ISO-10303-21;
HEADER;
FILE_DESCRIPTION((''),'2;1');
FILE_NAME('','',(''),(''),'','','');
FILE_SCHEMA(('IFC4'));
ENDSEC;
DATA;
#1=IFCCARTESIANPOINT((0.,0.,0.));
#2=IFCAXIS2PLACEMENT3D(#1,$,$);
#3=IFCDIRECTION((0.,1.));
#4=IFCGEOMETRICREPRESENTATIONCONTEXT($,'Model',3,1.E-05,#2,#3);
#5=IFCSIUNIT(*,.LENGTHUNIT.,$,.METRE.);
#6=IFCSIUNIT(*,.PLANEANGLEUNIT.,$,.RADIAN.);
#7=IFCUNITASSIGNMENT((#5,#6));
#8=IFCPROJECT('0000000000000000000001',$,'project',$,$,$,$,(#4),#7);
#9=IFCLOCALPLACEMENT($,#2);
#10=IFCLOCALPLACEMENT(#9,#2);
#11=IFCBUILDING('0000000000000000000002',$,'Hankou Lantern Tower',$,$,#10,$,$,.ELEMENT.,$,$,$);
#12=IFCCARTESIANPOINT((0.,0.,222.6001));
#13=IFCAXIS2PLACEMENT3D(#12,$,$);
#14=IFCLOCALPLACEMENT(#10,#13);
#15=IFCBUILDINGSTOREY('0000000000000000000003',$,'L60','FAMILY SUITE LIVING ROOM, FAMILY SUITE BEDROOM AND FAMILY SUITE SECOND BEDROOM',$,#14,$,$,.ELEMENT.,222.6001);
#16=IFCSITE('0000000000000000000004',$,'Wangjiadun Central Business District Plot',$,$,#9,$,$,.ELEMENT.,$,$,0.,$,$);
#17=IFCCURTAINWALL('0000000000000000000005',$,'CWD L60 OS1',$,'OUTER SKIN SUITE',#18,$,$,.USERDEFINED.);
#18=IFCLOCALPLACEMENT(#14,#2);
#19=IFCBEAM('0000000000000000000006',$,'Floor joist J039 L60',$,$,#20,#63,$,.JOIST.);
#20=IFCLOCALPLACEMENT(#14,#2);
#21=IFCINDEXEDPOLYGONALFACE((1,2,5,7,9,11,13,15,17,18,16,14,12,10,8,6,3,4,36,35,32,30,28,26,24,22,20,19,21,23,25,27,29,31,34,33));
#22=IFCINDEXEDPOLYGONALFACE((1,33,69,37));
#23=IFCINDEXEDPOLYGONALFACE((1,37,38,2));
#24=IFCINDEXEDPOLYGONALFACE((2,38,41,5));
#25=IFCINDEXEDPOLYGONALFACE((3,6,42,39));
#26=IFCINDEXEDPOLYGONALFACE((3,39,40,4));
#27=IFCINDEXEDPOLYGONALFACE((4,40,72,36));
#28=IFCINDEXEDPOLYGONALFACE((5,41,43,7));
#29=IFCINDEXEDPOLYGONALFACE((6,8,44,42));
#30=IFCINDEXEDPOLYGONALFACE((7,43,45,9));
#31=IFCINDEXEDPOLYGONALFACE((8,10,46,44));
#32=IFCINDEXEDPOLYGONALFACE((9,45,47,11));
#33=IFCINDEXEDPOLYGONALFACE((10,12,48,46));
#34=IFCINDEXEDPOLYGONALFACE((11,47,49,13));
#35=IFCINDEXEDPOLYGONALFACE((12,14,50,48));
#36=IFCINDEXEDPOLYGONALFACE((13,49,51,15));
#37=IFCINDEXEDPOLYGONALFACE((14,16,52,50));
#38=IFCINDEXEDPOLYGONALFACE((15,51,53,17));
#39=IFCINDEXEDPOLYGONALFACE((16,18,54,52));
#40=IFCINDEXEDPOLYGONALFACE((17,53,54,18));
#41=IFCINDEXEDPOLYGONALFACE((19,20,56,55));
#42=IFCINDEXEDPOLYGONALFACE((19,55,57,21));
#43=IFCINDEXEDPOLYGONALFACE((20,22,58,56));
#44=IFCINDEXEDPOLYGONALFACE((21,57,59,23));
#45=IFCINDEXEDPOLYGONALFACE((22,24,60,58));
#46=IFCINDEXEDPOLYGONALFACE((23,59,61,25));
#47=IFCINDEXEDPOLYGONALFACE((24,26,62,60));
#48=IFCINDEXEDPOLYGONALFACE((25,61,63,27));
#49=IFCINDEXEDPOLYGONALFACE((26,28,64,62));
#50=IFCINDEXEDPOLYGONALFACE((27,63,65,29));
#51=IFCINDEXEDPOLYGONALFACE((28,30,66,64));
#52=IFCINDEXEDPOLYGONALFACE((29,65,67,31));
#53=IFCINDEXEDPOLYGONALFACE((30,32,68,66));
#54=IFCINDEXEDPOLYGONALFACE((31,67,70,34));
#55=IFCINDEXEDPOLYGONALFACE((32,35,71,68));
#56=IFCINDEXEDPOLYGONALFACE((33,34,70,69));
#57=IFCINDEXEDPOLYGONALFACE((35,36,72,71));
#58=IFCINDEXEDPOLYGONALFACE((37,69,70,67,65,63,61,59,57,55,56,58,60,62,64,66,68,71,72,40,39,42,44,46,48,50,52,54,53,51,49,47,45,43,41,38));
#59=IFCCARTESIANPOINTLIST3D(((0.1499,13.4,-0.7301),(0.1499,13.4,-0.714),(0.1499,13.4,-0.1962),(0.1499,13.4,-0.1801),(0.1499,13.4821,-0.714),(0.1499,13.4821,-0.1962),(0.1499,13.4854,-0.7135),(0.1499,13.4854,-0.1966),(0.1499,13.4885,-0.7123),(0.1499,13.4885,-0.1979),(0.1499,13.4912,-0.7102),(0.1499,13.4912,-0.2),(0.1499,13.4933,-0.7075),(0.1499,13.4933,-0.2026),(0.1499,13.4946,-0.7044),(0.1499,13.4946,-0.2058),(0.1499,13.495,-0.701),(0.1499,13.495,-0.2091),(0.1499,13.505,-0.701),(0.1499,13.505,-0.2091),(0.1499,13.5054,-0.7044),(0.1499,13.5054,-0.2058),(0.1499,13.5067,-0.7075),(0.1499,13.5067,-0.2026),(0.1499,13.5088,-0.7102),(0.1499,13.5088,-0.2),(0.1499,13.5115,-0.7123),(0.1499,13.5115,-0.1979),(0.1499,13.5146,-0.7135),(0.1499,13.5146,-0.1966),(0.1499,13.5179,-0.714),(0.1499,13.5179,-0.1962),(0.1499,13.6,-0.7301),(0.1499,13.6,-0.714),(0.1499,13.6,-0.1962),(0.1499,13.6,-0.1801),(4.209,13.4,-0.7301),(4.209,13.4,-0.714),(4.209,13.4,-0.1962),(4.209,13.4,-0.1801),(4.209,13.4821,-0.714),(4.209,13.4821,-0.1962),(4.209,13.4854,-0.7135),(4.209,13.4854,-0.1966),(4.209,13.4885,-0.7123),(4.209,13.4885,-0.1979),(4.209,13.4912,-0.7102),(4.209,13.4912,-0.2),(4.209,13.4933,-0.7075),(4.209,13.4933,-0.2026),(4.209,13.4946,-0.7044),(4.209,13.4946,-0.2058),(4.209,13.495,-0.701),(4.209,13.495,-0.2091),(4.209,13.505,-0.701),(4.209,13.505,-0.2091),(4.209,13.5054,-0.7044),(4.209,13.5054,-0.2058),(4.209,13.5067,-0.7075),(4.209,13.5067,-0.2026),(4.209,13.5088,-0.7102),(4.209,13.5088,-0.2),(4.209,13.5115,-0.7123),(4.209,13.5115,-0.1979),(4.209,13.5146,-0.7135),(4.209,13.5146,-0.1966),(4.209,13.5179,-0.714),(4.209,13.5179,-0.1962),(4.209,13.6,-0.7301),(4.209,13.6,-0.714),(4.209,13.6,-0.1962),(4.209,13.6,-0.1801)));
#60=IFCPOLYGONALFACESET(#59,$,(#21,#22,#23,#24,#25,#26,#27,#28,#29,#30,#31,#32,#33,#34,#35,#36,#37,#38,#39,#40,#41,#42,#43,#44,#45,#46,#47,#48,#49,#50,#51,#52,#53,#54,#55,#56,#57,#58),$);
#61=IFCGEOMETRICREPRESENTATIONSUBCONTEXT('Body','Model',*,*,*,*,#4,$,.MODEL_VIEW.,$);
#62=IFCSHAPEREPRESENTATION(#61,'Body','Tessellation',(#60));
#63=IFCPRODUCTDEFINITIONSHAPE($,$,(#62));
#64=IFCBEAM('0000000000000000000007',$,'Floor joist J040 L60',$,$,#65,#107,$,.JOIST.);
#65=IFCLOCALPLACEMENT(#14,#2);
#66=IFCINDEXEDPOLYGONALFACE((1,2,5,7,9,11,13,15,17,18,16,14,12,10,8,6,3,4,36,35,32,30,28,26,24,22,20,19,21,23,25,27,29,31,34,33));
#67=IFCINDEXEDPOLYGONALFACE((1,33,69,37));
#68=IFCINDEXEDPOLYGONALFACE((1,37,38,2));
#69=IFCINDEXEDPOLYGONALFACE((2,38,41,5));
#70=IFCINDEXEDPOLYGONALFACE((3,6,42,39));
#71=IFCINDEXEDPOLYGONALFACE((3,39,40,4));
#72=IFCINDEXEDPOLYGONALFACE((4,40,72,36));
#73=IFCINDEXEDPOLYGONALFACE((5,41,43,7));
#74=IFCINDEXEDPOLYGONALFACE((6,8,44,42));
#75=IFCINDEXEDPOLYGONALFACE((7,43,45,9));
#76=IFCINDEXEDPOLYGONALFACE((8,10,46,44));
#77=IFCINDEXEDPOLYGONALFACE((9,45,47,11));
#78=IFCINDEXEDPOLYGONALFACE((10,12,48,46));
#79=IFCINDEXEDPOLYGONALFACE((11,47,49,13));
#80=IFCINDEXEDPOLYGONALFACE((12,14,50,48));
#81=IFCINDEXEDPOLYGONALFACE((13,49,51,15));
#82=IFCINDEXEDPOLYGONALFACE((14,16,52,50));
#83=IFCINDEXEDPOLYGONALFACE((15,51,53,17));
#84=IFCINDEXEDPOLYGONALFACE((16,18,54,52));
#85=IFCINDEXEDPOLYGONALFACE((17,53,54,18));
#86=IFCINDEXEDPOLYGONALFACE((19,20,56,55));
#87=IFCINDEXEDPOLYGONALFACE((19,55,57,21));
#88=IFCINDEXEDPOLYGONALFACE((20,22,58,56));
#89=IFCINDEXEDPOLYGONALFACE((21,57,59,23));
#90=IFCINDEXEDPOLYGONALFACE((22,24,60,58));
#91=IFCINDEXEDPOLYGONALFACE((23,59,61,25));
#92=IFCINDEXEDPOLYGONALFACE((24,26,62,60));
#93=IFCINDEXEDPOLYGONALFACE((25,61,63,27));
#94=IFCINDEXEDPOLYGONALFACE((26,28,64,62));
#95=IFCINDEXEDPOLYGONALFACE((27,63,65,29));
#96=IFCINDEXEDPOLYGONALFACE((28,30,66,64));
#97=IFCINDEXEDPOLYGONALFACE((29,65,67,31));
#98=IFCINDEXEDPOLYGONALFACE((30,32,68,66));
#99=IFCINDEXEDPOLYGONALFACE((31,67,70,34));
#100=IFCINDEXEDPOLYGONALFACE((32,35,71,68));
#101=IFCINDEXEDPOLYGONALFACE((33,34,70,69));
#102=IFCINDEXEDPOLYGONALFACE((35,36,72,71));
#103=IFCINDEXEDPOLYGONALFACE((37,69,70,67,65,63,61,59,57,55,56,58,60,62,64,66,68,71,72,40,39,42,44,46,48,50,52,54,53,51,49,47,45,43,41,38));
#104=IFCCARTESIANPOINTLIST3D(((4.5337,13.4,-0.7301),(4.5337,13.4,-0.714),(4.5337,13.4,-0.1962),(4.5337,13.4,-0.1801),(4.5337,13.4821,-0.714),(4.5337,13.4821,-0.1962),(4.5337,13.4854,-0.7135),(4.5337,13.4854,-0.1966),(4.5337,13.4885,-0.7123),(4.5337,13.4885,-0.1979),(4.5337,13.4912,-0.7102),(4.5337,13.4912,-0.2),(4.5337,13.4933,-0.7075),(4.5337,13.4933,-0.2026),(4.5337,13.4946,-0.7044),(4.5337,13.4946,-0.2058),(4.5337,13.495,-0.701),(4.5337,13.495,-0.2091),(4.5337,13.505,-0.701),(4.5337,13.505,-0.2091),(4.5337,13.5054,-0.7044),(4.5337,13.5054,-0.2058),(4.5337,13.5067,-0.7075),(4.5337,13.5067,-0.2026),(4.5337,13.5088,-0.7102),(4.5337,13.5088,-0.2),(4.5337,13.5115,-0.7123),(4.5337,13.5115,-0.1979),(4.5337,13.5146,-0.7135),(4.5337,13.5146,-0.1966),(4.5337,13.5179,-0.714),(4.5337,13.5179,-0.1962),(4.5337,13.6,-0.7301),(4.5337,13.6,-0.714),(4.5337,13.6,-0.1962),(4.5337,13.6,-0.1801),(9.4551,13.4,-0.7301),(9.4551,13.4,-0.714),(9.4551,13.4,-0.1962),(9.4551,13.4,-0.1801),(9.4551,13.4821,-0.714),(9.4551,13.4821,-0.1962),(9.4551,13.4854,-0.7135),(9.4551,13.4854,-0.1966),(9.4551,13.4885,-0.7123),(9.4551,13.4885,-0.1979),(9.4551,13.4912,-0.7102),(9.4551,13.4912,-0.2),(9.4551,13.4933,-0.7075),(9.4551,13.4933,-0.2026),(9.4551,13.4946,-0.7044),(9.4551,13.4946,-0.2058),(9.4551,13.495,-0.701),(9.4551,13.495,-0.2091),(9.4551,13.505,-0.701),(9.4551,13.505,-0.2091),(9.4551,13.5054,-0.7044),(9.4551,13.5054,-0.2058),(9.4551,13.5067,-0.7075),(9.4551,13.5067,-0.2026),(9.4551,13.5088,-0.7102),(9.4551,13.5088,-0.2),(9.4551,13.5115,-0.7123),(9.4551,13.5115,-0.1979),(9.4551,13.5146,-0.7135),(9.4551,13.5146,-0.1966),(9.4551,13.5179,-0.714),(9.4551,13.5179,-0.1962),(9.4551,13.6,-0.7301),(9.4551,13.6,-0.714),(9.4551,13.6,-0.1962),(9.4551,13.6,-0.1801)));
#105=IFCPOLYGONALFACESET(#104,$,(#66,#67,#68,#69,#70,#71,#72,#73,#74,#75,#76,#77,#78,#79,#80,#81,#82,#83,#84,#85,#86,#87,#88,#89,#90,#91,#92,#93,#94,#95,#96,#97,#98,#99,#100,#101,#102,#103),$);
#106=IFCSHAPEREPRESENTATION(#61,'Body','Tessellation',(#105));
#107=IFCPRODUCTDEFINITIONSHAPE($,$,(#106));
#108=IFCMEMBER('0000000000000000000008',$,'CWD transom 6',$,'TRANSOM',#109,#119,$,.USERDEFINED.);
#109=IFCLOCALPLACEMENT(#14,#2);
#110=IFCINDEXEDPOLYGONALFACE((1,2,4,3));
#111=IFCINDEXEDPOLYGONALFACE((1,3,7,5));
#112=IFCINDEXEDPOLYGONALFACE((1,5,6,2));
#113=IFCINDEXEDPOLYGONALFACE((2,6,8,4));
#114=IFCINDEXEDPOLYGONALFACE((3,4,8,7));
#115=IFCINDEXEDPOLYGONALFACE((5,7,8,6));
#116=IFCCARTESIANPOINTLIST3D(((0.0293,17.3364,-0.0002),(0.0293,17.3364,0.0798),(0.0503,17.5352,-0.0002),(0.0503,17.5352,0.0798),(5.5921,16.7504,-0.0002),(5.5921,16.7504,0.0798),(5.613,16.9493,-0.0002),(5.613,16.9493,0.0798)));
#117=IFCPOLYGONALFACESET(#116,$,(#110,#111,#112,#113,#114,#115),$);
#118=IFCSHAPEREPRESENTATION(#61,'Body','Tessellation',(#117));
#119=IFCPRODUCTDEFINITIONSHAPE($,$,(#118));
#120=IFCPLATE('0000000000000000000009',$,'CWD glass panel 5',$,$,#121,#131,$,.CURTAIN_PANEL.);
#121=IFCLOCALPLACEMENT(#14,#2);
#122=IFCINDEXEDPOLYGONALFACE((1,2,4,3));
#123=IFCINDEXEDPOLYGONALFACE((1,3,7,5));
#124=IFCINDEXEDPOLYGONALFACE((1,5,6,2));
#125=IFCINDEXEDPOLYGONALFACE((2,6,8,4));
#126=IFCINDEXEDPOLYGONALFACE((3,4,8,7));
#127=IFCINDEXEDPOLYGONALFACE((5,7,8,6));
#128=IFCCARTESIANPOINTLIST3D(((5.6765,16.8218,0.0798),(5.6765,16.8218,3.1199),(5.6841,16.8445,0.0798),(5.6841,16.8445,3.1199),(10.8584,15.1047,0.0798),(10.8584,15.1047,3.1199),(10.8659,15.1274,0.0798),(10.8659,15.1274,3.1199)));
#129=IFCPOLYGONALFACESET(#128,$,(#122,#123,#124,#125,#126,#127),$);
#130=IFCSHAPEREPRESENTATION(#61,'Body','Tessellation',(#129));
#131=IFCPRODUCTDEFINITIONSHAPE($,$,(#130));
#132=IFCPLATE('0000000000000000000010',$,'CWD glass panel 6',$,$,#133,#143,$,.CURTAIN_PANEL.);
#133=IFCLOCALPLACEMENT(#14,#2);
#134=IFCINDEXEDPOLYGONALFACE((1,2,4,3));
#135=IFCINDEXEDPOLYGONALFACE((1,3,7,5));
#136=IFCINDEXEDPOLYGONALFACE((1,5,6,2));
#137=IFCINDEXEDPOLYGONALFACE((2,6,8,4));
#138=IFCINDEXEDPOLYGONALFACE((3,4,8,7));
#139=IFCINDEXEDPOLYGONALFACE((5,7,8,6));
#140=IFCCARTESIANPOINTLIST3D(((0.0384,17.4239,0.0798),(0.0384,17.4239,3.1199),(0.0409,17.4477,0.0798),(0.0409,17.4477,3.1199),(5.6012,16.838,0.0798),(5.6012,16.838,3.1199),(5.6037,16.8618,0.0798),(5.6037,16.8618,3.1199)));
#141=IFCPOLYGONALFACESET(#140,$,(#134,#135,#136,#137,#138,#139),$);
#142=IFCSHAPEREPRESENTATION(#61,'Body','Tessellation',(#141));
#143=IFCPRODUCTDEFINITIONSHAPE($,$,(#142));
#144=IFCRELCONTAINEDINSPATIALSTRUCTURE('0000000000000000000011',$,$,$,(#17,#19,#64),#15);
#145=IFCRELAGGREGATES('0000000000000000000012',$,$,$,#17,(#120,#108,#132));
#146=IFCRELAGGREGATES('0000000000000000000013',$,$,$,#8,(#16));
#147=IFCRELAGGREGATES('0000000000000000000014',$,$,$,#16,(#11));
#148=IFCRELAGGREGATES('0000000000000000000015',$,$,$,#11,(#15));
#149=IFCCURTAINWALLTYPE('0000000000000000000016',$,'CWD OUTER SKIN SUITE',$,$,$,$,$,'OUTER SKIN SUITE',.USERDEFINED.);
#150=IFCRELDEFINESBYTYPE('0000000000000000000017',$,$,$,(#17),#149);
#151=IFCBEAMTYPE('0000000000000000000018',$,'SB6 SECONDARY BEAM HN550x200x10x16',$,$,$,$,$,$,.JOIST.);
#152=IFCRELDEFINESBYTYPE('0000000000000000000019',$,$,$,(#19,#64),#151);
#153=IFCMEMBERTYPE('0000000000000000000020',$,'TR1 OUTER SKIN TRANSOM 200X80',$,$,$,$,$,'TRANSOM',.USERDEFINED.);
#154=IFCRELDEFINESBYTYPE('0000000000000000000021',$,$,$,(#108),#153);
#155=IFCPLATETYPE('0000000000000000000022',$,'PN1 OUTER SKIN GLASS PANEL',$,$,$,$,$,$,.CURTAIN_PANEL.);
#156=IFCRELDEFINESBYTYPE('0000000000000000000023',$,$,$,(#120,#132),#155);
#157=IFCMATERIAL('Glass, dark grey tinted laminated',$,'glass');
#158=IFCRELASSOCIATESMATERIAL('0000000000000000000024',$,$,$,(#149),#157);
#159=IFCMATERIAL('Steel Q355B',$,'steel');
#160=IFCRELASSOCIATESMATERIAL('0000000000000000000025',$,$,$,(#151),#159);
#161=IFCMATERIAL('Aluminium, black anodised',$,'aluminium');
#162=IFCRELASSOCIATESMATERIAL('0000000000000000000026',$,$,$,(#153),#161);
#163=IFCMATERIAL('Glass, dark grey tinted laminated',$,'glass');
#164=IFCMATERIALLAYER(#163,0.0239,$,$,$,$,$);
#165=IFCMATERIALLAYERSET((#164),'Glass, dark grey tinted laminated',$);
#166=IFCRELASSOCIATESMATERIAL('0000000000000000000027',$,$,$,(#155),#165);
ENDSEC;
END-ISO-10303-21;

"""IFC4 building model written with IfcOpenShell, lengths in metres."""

from ifc_helpers import new_model, si_unit, direction, frame, origin, origin_2d, place, context, subcontext, project, spatial, rectangle, i_section, extrude, material, layer, layer_set, material_profile, profile_set, type_object, element, aggregate, save


model = new_model("IFC4")

# Units and contexts
model_context = context("Model", 3, precision=1e-05, world=origin(), true_north=direction((0.0, 1.0)))
body_context = subcontext(model_context, "Body", "Model", "MODEL_VIEW")
ifc_project = project(units=[si_unit("LENGTHUNIT", "METRE"), si_unit("PLANEANGLEUNIT", "RADIAN")], contexts=[model_context])

# Site, building, storey
site_placement = place(None, origin())
site = spatial("IfcSite", under=ifc_project, at=site_placement, Name="Wangjiadun Central Business District Plot", CompositionType="ELEMENT", RefElevation=0.0)
building_placement = place(site_placement, origin())
building = spatial("IfcBuilding", under=site, at=building_placement, Name="Hankou Lantern Tower", CompositionType="ELEMENT")
storey_placement = place(building_placement, frame((0.0, 0.0, 222.6001)))
storey = spatial("IfcBuildingStorey", under=building, at=storey_placement, Name="L60", Description="FAMILY SUITE LIVING ROOM, FAMILY SUITE BEDROOM AND FAMILY SUITE SECOND BEDROOM", CompositionType="ELEMENT", Elevation=222.6001)

# Curtain wall
ifc_material_1 = material(Name="Glass, dark grey tinted laminated", Category="glass")
curtain_wall_type = type_object("IfcCurtainWallType", Name="CWD OUTER SKIN SUITE", ElementType="OUTER SKIN SUITE", PredefinedType="USERDEFINED", material=ifc_material_1)
curtain_wall_1_placement = place(storey_placement, origin())
curtain_wall_1 = element("IfcCurtainWall", 1, at=curtain_wall_1_placement, inside=storey, type_object=curtain_wall_type, Name="CWD L60 OS1", ObjectType="OUTER SKIN SUITE", PredefinedType="USERDEFINED")

# Beams
ifc_material_2 = material(Name="Steel Q355B", Category="steel")
ifc_material_profile_1 = material_profile(ifc_material_2, i_section(OverallWidth=0.2, OverallDepth=0.55, WebThickness=0.01, FlangeThickness=0.0161, FilletRadius=0.0129, at=origin_2d()), Name="HN550x200x10x16")
ifc_profile_set_1 = profile_set([ifc_material_profile_1], Name="Steel Q355B")
beam_type_1 = type_object("IfcBeamType", Name="SB6 SECONDARY BEAM HN550x200x10x16", PredefinedType="JOIST", material=ifc_profile_set_1)
beam_1_placement = place(storey_placement, frame((0.1499, 13.5, -0.4551), z_axis=(1.0, 0.0, 0.0), x_axis=(0.0, 1.0, 0.0)))
element("IfcBeam", 2, at=beam_1_placement, inside=storey, type_object=beam_type_1, Name="Floor joist J039 L60", PredefinedType="JOIST", context=body_context, shape_type="SweptSolid", body=[
    extrude(i_section(OverallWidth=0.2, OverallDepth=0.55, WebThickness=0.01, FlangeThickness=0.0161, FilletRadius=0.0129, at=origin_2d()), origin(), (0.0, 0.0, 1.0), 4.0591),
])
beam_2_placement = place(storey_placement, frame((4.5337, 13.5, -0.4551), z_axis=(1.0, 0.0, 0.0), x_axis=(0.0, 1.0, 0.0)))
element("IfcBeam", 3, at=beam_2_placement, inside=storey, type_object=beam_type_1, Name="Floor joist J040 L60", PredefinedType="JOIST", context=body_context, shape_type="SweptSolid", body=[
    extrude(i_section(OverallWidth=0.2, OverallDepth=0.55, WebThickness=0.01, FlangeThickness=0.0161, FilletRadius=0.0129, at=origin_2d()), origin(), (0.0, 0.0, 1.0), 4.9214),
])

# Member
ifc_material_3 = material(Name="Aluminium, black anodised", Category="aluminium")
ifc_material_profile_2 = material_profile(ifc_material_3, rectangle(XDim=0.2, YDim=0.0801, at=origin_2d()), Name="TR1 200X80")
ifc_profile_set_2 = profile_set([ifc_material_profile_2], Name="Aluminium, black anodised")
member_type_1 = type_object("IfcMemberType", Name="TR1 OUTER SKIN TRANSOM 200X80", ElementType="TRANSOM", PredefinedType="USERDEFINED", material=ifc_profile_set_2)
member_1_placement = place(storey_placement, frame((5.6025, 16.8499, 0.0398), z_axis=(-0.994498, 0.104753, 0.0), x_axis=(-0.104753, -0.994498, 0.0)))
member_1 = element("IfcMember", 4, at=member_1_placement, type_object=member_type_1, Name="CWD transom 6", ObjectType="TRANSOM", PredefinedType="USERDEFINED", context=body_context, shape_type="SweptSolid", body=[
    extrude(rectangle(XDim=0.2, YDim=0.0801, at=origin_2d()), origin(), (0.0, 0.0, 1.0), 5.5935),
])

# Plates
ifc_material_4 = material(Name="Glass, dark grey tinted laminated", Category="glass")
ifc_layer_1 = layer(ifc_material_4, 0.0239)
ifc_layer_set_1 = layer_set([ifc_layer_1], Name="Glass, dark grey tinted laminated")
plate_type = type_object("IfcPlateType", Name="PN1 OUTER SKIN GLASS PANEL", PredefinedType="CURTAIN_PANEL", material=ifc_layer_set_1)
plate_1_placement = place(storey_placement, frame((8.2712, 15.9746, 0.0798), z_axis=(0.0, 0.0, 1.0), x_axis=(-0.949241, 0.314551, 0.0)))
plate_1 = element("IfcPlate", 5, at=plate_1_placement, type_object=plate_type, Name="CWD glass panel 5", PredefinedType="CURTAIN_PANEL", context=body_context, shape_type="SweptSolid", body=[
    extrude(rectangle(XDim=5.459, YDim=0.0239, at=origin_2d()), origin(), (0.0, 0.0, 1.0), 3.04),
])
plate_2_placement = place(storey_placement, frame((2.821, 17.1428, 0.0798), z_axis=(0.0, 0.0, 1.0), x_axis=(-0.994499, 0.104743, 0.0)))
plate_2 = element("IfcPlate", 6, at=plate_2_placement, type_object=plate_type, Name="CWD glass panel 6", PredefinedType="CURTAIN_PANEL", context=body_context, shape_type="SweptSolid", body=[
    extrude(rectangle(XDim=5.5935, YDim=0.0239, at=origin_2d()), origin(), (0.0, 0.0, 1.0), 3.04),
])
aggregate(curtain_wall_1, [plate_1, member_1, plate_2])

save(model, "model.ifc")
